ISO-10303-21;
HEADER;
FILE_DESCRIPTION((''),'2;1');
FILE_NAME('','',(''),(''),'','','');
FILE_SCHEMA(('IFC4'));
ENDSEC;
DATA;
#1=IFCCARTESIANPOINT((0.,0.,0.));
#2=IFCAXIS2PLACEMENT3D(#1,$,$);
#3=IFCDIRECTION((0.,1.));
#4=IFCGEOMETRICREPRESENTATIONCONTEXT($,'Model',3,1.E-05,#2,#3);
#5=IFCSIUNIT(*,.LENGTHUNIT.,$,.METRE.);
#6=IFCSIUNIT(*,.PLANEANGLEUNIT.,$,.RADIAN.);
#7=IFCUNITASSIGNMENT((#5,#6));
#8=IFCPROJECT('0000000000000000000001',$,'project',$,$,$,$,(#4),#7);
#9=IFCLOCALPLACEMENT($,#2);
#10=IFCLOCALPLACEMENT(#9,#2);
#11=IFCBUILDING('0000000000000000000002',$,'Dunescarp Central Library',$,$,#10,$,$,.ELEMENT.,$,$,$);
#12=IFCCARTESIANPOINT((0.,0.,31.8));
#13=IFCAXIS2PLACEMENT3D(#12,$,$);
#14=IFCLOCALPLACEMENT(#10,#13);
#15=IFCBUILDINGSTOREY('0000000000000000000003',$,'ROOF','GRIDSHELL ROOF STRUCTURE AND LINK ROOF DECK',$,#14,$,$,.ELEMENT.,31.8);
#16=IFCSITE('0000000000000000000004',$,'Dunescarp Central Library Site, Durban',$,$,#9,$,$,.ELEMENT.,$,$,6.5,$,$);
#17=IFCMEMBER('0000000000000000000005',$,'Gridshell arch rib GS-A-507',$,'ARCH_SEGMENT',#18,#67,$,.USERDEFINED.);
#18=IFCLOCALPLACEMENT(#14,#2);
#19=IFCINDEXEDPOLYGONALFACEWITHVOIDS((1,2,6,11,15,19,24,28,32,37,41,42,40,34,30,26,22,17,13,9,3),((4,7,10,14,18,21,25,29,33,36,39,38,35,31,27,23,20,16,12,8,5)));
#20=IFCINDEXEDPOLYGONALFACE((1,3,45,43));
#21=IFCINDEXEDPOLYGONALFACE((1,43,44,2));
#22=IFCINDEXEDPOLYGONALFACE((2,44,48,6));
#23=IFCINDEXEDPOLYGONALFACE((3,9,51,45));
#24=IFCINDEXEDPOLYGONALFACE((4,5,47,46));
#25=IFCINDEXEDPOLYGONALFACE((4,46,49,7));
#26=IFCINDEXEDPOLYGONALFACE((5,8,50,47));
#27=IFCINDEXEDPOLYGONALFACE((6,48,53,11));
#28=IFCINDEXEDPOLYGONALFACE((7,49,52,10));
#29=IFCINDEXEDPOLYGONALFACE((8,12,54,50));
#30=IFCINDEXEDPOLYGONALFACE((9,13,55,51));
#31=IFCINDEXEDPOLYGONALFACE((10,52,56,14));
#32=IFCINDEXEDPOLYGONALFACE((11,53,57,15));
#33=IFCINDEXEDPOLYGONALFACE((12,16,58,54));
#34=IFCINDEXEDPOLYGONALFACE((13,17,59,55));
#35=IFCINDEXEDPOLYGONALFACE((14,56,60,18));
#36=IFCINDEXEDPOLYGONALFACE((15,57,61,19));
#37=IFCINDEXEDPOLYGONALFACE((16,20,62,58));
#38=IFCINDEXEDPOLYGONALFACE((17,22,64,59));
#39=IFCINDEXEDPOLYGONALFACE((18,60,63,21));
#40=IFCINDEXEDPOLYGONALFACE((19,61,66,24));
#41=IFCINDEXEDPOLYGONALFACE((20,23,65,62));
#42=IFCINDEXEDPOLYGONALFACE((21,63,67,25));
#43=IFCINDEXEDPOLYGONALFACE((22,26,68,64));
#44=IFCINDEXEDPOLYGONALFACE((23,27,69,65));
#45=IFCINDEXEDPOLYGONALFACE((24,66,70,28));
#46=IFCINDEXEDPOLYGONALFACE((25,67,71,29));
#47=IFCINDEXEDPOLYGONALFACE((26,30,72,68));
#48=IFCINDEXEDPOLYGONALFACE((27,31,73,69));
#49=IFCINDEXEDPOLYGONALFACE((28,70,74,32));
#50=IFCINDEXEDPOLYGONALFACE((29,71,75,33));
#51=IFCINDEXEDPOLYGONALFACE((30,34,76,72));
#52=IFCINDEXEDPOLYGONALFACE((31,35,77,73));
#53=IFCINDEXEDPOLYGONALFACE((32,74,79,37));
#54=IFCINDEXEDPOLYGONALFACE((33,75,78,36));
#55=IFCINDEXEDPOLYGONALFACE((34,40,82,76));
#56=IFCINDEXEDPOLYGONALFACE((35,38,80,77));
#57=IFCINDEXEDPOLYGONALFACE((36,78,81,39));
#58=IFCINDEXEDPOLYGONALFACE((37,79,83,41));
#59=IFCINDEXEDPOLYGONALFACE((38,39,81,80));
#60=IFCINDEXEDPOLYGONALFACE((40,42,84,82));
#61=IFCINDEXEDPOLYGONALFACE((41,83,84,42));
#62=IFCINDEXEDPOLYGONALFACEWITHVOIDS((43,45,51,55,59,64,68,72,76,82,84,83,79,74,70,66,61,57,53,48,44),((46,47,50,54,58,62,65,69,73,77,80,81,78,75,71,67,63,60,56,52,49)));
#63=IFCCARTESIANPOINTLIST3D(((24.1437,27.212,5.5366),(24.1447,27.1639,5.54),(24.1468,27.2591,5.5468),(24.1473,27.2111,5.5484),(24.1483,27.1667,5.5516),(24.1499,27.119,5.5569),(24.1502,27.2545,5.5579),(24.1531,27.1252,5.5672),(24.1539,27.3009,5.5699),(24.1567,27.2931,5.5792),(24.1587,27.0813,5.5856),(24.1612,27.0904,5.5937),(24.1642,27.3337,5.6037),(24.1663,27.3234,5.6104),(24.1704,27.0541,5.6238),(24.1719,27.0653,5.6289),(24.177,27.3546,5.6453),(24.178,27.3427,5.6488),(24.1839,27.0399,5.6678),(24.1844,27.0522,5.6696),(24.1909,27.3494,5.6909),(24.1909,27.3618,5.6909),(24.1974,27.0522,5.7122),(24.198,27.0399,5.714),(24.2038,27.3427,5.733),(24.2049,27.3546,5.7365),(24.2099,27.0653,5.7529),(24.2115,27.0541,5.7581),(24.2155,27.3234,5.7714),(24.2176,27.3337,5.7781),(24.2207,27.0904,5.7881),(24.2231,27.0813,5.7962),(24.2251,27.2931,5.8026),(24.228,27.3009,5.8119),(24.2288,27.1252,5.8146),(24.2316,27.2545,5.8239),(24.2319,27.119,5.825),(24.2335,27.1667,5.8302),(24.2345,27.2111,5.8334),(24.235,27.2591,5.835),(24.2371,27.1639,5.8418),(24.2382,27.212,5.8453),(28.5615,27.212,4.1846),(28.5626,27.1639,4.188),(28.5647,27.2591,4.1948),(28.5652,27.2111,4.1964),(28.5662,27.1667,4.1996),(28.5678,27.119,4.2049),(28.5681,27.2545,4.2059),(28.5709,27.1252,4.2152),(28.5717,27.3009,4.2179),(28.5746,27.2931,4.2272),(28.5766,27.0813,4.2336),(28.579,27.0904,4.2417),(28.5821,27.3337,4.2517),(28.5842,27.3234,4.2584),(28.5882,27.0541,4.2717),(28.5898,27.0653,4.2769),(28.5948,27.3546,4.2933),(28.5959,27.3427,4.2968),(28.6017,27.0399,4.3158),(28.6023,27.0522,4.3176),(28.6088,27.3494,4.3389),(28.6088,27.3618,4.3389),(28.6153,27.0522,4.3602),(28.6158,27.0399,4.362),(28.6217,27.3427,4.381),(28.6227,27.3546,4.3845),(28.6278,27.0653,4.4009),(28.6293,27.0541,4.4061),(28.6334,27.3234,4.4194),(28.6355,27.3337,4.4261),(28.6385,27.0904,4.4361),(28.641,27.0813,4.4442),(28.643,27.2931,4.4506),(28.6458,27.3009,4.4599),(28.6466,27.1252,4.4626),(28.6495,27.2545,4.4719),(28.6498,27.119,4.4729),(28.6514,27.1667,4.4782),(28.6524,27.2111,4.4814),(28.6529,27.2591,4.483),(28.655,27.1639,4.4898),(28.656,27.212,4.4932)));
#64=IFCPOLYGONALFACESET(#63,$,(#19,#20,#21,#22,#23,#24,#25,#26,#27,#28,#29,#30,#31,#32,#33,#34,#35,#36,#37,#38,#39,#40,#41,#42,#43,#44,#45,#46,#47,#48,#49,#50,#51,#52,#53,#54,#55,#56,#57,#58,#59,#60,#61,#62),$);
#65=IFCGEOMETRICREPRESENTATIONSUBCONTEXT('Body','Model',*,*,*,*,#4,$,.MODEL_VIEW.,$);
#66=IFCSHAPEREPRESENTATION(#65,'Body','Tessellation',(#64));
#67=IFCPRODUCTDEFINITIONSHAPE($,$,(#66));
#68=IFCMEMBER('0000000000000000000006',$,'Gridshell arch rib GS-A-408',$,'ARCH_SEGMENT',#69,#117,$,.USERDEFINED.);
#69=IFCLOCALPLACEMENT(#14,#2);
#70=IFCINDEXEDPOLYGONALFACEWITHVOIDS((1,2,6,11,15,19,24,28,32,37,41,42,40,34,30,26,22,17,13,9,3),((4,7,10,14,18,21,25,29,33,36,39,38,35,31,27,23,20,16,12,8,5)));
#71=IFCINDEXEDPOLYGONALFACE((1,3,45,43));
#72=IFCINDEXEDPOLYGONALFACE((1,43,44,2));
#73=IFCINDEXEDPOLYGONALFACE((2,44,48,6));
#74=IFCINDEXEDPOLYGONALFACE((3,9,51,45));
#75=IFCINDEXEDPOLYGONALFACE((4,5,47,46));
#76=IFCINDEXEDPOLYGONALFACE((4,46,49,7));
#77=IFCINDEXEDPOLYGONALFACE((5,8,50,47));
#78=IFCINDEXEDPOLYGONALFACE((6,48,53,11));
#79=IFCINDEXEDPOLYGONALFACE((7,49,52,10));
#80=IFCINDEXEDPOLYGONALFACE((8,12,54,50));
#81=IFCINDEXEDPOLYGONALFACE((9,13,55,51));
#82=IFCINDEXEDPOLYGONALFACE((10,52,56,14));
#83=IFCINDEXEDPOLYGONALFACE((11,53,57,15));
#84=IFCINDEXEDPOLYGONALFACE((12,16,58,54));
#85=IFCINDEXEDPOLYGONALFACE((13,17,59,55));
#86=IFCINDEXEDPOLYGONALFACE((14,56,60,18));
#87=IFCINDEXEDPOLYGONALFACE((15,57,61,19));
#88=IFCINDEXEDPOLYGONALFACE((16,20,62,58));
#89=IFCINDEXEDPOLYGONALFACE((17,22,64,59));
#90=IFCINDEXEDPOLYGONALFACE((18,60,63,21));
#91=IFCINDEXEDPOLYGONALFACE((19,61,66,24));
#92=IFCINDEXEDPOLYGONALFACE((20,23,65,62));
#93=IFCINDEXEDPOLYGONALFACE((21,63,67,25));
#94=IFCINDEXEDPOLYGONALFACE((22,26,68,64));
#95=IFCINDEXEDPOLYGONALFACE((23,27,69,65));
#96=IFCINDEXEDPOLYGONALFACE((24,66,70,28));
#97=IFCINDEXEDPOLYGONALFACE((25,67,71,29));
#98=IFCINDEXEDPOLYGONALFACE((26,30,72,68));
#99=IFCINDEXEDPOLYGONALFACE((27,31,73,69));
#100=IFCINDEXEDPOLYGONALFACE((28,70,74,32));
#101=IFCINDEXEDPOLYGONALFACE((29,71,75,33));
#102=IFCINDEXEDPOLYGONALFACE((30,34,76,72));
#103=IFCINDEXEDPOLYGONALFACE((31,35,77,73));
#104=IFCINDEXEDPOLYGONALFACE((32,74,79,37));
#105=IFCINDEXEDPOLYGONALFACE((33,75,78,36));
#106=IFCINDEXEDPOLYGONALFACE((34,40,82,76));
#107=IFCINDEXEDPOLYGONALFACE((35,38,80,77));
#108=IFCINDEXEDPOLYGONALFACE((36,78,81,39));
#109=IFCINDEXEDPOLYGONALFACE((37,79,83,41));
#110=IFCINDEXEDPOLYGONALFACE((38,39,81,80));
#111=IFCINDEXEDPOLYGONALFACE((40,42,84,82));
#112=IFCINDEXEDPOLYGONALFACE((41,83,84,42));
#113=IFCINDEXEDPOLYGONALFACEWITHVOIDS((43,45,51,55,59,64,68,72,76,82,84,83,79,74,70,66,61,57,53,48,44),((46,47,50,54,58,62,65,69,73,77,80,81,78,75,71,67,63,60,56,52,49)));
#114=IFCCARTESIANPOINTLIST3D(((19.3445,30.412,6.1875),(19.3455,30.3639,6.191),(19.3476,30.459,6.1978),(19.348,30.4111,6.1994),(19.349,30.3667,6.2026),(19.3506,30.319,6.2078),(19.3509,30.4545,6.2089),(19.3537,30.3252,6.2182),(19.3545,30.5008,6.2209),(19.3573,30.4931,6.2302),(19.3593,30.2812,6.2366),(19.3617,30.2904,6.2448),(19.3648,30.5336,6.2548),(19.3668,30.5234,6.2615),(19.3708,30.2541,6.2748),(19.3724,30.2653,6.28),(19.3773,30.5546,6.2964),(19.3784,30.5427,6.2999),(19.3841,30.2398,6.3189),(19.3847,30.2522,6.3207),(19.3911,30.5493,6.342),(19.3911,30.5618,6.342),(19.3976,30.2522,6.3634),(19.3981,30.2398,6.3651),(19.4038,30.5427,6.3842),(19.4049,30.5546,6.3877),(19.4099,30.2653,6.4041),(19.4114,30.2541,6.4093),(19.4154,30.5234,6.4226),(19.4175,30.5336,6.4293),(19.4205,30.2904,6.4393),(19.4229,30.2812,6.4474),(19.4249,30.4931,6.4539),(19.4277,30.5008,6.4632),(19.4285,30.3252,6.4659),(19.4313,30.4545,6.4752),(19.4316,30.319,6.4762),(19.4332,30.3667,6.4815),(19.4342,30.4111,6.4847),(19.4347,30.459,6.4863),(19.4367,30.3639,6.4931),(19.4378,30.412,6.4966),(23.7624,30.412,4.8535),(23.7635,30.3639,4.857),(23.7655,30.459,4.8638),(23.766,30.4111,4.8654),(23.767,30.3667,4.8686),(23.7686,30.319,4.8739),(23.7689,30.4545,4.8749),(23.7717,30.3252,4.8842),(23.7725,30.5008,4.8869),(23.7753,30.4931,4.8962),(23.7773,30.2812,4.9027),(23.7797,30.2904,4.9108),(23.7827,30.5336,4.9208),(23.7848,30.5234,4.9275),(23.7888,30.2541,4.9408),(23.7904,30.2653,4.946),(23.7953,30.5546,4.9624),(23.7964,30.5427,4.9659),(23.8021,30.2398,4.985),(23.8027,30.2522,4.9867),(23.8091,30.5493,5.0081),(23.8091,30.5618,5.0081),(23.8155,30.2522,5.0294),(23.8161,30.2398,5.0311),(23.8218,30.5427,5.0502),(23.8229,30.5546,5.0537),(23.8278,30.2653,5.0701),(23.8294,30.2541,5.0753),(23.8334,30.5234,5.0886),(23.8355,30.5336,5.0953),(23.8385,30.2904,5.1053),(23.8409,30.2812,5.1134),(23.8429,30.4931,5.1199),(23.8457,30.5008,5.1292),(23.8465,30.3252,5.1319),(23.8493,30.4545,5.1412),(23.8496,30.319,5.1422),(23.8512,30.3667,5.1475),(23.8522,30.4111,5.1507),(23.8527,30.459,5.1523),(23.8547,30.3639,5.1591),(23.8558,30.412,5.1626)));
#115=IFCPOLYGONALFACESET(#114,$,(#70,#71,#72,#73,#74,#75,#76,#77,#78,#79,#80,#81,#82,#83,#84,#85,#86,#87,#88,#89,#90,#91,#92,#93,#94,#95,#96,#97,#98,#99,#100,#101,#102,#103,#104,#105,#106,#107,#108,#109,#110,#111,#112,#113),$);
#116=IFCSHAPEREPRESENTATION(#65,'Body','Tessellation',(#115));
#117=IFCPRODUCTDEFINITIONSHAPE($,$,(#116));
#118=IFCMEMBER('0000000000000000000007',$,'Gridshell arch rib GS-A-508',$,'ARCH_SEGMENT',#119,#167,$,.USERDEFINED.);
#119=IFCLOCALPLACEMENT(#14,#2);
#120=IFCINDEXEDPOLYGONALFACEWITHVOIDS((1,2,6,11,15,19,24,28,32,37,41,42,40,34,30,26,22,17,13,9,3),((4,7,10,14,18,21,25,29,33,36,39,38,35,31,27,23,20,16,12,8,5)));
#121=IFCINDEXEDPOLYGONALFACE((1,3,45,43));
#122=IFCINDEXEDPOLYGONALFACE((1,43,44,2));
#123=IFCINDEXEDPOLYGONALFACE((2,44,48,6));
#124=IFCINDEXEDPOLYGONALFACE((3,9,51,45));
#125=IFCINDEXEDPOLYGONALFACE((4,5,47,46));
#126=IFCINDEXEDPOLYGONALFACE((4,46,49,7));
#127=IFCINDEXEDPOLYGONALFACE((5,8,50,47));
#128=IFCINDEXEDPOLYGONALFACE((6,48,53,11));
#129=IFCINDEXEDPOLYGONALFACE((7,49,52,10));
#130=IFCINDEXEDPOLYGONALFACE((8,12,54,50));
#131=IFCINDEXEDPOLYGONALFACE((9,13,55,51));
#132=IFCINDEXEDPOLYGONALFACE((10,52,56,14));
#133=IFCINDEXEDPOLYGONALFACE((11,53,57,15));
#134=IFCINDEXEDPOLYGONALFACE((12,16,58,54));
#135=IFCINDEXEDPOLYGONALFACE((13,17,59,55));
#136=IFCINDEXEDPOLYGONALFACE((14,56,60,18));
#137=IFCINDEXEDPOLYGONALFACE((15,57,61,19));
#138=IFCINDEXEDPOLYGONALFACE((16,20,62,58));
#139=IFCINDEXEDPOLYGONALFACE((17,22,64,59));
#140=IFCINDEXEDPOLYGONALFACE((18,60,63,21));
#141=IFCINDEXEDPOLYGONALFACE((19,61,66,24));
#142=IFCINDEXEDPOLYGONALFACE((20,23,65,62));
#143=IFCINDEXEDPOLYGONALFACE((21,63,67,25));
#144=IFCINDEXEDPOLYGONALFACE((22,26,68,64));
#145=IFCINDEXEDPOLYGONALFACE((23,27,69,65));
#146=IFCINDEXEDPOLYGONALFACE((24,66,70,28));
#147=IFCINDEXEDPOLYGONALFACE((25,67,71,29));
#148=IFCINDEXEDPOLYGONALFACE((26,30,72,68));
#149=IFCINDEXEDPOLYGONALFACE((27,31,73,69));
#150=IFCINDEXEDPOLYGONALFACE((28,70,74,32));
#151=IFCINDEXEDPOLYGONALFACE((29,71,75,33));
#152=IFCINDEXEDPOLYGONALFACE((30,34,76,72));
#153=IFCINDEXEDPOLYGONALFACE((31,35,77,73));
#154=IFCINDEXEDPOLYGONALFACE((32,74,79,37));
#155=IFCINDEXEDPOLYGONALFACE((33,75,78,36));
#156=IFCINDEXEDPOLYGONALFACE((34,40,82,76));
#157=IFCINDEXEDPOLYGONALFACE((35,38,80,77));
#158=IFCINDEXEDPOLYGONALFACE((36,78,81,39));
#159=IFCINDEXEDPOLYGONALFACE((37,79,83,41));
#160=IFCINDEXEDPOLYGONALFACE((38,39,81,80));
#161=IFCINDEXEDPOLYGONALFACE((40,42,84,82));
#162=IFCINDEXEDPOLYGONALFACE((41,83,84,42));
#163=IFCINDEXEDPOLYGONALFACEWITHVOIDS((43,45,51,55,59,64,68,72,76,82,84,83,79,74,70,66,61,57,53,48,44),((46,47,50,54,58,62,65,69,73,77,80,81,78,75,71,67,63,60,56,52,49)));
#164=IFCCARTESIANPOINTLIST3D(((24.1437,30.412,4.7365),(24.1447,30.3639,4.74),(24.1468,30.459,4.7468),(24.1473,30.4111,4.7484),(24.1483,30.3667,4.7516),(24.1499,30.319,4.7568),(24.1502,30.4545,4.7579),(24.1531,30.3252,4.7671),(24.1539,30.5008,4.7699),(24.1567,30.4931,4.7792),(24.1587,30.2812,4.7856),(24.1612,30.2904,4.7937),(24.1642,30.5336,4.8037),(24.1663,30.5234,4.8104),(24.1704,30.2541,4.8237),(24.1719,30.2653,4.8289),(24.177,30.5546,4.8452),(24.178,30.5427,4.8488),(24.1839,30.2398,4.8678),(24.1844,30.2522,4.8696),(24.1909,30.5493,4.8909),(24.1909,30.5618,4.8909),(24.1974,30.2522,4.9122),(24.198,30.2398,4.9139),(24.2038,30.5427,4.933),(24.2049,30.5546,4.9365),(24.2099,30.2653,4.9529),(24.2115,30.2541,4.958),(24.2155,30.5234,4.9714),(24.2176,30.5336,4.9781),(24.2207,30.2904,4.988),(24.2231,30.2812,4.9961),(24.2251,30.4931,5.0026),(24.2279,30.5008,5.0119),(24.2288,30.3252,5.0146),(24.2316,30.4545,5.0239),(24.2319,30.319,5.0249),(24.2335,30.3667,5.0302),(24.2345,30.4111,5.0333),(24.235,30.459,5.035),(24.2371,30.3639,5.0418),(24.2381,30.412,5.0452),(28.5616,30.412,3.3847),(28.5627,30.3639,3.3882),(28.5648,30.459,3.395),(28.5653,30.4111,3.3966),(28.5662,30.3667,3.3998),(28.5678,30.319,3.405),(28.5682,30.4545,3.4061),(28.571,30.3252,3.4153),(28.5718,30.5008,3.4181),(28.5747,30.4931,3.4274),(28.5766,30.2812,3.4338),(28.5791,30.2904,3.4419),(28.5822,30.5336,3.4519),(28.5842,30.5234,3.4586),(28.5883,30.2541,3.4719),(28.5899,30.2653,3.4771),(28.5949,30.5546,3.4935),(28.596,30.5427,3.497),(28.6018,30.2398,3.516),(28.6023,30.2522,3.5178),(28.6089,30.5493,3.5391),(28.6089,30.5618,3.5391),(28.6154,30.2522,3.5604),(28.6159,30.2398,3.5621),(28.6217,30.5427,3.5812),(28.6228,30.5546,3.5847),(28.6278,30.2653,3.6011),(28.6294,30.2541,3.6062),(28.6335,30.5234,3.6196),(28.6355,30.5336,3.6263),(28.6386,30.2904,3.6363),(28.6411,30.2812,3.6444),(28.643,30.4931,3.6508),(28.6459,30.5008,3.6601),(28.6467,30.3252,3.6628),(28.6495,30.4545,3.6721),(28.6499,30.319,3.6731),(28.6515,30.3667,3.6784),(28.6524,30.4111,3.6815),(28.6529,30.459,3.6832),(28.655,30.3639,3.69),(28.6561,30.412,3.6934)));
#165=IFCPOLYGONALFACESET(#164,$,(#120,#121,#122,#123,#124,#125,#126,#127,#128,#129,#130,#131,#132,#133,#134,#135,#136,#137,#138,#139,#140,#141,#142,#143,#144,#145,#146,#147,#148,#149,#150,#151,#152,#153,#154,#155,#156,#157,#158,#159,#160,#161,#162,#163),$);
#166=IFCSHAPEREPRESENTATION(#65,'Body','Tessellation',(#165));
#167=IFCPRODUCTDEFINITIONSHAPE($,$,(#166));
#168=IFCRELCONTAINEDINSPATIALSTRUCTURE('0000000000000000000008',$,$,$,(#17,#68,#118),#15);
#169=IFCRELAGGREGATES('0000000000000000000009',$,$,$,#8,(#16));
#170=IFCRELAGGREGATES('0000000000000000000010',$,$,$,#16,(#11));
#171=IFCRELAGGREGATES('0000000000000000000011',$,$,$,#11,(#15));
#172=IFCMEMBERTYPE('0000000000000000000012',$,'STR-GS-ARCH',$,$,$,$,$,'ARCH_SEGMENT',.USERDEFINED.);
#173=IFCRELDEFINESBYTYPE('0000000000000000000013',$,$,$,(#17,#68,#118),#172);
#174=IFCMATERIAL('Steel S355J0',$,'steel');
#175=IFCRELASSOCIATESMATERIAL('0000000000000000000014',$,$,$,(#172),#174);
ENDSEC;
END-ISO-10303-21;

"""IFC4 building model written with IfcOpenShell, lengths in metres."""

from ifc_helpers import new_model, si_unit, direction, frame, origin, origin_2d, place, context, subcontext, project, spatial, hollow_circle, extrude, material, material_profile, profile_set, type_object, element, save


model = new_model("IFC4")

# Units and contexts
model_context = context("Model", 3, precision=1e-05, world=origin(), true_north=direction((0.0, 1.0)))
body_context = subcontext(model_context, "Body", "Model", "MODEL_VIEW")
ifc_project = project(units=[si_unit("LENGTHUNIT", "METRE"), si_unit("PLANEANGLEUNIT", "RADIAN")], contexts=[model_context])

# Site, building, storey
site_placement = place(None, origin())
site = spatial("IfcSite", under=ifc_project, at=site_placement, Name="Dunescarp Central Library Site, Durban", CompositionType="ELEMENT", RefElevation=6.5)
building_placement = place(site_placement, origin())
building = spatial("IfcBuilding", under=site, at=building_placement, Name="Dunescarp Central Library", CompositionType="ELEMENT")
storey_placement = place(building_placement, frame((0.0, 0.0, 31.8)))
storey = spatial("IfcBuildingStorey", under=building, at=storey_placement, Name="ROOF", Description="GRIDSHELL ROOF STRUCTURE AND LINK ROOF DECK", CompositionType="ELEMENT", Elevation=31.8)

# Members
ifc_material_1 = material(Name="Steel S355J0", Category="steel")
ifc_material_profile_1 = material_profile(ifc_material_1, hollow_circle(Radius=0.1619, WallThickness=0.0125, at=origin_2d()), Name="CHS 323.9x12.5")
ifc_profile_set_1 = profile_set([ifc_material_profile_1], Name="Steel S355J0")
member_type_1 = type_object("IfcMemberType", Name="STR-GS-ARCH", ElementType="ARCH_SEGMENT", PredefinedType="USERDEFINED", material=ifc_profile_set_1)
member_1_placement = place(storey_placement, frame((24.1909, 27.2, 5.6909), z_axis=(0.956223, 0.0, -0.292637), x_axis=(0.0, 1.0, 0.0)))
element("IfcMember", 1, at=member_1_placement, inside=storey, type_object=member_type_1, Name="Gridshell arch rib GS-A-507", ObjectType="ARCH_SEGMENT", PredefinedType="USERDEFINED", context=body_context, shape_type="SweptSolid", body=[
    extrude(hollow_circle(Radius=0.1619, WallThickness=0.0125, at=origin_2d()), origin(), (0.0, 0.0, 1.0), 4.6201),
])
member_2_placement = place(storey_placement, frame((19.3911, 30.3999, 6.342), z_axis=(0.957312, 0.0, -0.289056), x_axis=(0.0, 1.0, 0.0)))
element("IfcMember", 2, at=member_2_placement, inside=storey, type_object=member_type_1, Name="Gridshell arch rib GS-A-408", ObjectType="ARCH_SEGMENT", PredefinedType="USERDEFINED", context=body_context, shape_type="SweptSolid", body=[
    extrude(hollow_circle(Radius=0.1619, WallThickness=0.0125, at=origin_2d()), origin(), (0.0, 0.0, 1.0), 4.615),
])
member_3_placement = place(storey_placement, frame((24.1909, 30.3999, 4.8909), z_axis=(0.956238, 0.0, -0.292589), x_axis=(0.0, 1.0, 0.0)))
element("IfcMember", 3, at=member_3_placement, inside=storey, type_object=member_type_1, Name="Gridshell arch rib GS-A-508", ObjectType="ARCH_SEGMENT", PredefinedType="USERDEFINED", context=body_context, shape_type="SweptSolid", body=[
    extrude(hollow_circle(Radius=0.1619, WallThickness=0.0125, at=origin_2d()), origin(), (0.0, 0.0, 1.0), 4.6201),
])

save(model, "model.ifc")
